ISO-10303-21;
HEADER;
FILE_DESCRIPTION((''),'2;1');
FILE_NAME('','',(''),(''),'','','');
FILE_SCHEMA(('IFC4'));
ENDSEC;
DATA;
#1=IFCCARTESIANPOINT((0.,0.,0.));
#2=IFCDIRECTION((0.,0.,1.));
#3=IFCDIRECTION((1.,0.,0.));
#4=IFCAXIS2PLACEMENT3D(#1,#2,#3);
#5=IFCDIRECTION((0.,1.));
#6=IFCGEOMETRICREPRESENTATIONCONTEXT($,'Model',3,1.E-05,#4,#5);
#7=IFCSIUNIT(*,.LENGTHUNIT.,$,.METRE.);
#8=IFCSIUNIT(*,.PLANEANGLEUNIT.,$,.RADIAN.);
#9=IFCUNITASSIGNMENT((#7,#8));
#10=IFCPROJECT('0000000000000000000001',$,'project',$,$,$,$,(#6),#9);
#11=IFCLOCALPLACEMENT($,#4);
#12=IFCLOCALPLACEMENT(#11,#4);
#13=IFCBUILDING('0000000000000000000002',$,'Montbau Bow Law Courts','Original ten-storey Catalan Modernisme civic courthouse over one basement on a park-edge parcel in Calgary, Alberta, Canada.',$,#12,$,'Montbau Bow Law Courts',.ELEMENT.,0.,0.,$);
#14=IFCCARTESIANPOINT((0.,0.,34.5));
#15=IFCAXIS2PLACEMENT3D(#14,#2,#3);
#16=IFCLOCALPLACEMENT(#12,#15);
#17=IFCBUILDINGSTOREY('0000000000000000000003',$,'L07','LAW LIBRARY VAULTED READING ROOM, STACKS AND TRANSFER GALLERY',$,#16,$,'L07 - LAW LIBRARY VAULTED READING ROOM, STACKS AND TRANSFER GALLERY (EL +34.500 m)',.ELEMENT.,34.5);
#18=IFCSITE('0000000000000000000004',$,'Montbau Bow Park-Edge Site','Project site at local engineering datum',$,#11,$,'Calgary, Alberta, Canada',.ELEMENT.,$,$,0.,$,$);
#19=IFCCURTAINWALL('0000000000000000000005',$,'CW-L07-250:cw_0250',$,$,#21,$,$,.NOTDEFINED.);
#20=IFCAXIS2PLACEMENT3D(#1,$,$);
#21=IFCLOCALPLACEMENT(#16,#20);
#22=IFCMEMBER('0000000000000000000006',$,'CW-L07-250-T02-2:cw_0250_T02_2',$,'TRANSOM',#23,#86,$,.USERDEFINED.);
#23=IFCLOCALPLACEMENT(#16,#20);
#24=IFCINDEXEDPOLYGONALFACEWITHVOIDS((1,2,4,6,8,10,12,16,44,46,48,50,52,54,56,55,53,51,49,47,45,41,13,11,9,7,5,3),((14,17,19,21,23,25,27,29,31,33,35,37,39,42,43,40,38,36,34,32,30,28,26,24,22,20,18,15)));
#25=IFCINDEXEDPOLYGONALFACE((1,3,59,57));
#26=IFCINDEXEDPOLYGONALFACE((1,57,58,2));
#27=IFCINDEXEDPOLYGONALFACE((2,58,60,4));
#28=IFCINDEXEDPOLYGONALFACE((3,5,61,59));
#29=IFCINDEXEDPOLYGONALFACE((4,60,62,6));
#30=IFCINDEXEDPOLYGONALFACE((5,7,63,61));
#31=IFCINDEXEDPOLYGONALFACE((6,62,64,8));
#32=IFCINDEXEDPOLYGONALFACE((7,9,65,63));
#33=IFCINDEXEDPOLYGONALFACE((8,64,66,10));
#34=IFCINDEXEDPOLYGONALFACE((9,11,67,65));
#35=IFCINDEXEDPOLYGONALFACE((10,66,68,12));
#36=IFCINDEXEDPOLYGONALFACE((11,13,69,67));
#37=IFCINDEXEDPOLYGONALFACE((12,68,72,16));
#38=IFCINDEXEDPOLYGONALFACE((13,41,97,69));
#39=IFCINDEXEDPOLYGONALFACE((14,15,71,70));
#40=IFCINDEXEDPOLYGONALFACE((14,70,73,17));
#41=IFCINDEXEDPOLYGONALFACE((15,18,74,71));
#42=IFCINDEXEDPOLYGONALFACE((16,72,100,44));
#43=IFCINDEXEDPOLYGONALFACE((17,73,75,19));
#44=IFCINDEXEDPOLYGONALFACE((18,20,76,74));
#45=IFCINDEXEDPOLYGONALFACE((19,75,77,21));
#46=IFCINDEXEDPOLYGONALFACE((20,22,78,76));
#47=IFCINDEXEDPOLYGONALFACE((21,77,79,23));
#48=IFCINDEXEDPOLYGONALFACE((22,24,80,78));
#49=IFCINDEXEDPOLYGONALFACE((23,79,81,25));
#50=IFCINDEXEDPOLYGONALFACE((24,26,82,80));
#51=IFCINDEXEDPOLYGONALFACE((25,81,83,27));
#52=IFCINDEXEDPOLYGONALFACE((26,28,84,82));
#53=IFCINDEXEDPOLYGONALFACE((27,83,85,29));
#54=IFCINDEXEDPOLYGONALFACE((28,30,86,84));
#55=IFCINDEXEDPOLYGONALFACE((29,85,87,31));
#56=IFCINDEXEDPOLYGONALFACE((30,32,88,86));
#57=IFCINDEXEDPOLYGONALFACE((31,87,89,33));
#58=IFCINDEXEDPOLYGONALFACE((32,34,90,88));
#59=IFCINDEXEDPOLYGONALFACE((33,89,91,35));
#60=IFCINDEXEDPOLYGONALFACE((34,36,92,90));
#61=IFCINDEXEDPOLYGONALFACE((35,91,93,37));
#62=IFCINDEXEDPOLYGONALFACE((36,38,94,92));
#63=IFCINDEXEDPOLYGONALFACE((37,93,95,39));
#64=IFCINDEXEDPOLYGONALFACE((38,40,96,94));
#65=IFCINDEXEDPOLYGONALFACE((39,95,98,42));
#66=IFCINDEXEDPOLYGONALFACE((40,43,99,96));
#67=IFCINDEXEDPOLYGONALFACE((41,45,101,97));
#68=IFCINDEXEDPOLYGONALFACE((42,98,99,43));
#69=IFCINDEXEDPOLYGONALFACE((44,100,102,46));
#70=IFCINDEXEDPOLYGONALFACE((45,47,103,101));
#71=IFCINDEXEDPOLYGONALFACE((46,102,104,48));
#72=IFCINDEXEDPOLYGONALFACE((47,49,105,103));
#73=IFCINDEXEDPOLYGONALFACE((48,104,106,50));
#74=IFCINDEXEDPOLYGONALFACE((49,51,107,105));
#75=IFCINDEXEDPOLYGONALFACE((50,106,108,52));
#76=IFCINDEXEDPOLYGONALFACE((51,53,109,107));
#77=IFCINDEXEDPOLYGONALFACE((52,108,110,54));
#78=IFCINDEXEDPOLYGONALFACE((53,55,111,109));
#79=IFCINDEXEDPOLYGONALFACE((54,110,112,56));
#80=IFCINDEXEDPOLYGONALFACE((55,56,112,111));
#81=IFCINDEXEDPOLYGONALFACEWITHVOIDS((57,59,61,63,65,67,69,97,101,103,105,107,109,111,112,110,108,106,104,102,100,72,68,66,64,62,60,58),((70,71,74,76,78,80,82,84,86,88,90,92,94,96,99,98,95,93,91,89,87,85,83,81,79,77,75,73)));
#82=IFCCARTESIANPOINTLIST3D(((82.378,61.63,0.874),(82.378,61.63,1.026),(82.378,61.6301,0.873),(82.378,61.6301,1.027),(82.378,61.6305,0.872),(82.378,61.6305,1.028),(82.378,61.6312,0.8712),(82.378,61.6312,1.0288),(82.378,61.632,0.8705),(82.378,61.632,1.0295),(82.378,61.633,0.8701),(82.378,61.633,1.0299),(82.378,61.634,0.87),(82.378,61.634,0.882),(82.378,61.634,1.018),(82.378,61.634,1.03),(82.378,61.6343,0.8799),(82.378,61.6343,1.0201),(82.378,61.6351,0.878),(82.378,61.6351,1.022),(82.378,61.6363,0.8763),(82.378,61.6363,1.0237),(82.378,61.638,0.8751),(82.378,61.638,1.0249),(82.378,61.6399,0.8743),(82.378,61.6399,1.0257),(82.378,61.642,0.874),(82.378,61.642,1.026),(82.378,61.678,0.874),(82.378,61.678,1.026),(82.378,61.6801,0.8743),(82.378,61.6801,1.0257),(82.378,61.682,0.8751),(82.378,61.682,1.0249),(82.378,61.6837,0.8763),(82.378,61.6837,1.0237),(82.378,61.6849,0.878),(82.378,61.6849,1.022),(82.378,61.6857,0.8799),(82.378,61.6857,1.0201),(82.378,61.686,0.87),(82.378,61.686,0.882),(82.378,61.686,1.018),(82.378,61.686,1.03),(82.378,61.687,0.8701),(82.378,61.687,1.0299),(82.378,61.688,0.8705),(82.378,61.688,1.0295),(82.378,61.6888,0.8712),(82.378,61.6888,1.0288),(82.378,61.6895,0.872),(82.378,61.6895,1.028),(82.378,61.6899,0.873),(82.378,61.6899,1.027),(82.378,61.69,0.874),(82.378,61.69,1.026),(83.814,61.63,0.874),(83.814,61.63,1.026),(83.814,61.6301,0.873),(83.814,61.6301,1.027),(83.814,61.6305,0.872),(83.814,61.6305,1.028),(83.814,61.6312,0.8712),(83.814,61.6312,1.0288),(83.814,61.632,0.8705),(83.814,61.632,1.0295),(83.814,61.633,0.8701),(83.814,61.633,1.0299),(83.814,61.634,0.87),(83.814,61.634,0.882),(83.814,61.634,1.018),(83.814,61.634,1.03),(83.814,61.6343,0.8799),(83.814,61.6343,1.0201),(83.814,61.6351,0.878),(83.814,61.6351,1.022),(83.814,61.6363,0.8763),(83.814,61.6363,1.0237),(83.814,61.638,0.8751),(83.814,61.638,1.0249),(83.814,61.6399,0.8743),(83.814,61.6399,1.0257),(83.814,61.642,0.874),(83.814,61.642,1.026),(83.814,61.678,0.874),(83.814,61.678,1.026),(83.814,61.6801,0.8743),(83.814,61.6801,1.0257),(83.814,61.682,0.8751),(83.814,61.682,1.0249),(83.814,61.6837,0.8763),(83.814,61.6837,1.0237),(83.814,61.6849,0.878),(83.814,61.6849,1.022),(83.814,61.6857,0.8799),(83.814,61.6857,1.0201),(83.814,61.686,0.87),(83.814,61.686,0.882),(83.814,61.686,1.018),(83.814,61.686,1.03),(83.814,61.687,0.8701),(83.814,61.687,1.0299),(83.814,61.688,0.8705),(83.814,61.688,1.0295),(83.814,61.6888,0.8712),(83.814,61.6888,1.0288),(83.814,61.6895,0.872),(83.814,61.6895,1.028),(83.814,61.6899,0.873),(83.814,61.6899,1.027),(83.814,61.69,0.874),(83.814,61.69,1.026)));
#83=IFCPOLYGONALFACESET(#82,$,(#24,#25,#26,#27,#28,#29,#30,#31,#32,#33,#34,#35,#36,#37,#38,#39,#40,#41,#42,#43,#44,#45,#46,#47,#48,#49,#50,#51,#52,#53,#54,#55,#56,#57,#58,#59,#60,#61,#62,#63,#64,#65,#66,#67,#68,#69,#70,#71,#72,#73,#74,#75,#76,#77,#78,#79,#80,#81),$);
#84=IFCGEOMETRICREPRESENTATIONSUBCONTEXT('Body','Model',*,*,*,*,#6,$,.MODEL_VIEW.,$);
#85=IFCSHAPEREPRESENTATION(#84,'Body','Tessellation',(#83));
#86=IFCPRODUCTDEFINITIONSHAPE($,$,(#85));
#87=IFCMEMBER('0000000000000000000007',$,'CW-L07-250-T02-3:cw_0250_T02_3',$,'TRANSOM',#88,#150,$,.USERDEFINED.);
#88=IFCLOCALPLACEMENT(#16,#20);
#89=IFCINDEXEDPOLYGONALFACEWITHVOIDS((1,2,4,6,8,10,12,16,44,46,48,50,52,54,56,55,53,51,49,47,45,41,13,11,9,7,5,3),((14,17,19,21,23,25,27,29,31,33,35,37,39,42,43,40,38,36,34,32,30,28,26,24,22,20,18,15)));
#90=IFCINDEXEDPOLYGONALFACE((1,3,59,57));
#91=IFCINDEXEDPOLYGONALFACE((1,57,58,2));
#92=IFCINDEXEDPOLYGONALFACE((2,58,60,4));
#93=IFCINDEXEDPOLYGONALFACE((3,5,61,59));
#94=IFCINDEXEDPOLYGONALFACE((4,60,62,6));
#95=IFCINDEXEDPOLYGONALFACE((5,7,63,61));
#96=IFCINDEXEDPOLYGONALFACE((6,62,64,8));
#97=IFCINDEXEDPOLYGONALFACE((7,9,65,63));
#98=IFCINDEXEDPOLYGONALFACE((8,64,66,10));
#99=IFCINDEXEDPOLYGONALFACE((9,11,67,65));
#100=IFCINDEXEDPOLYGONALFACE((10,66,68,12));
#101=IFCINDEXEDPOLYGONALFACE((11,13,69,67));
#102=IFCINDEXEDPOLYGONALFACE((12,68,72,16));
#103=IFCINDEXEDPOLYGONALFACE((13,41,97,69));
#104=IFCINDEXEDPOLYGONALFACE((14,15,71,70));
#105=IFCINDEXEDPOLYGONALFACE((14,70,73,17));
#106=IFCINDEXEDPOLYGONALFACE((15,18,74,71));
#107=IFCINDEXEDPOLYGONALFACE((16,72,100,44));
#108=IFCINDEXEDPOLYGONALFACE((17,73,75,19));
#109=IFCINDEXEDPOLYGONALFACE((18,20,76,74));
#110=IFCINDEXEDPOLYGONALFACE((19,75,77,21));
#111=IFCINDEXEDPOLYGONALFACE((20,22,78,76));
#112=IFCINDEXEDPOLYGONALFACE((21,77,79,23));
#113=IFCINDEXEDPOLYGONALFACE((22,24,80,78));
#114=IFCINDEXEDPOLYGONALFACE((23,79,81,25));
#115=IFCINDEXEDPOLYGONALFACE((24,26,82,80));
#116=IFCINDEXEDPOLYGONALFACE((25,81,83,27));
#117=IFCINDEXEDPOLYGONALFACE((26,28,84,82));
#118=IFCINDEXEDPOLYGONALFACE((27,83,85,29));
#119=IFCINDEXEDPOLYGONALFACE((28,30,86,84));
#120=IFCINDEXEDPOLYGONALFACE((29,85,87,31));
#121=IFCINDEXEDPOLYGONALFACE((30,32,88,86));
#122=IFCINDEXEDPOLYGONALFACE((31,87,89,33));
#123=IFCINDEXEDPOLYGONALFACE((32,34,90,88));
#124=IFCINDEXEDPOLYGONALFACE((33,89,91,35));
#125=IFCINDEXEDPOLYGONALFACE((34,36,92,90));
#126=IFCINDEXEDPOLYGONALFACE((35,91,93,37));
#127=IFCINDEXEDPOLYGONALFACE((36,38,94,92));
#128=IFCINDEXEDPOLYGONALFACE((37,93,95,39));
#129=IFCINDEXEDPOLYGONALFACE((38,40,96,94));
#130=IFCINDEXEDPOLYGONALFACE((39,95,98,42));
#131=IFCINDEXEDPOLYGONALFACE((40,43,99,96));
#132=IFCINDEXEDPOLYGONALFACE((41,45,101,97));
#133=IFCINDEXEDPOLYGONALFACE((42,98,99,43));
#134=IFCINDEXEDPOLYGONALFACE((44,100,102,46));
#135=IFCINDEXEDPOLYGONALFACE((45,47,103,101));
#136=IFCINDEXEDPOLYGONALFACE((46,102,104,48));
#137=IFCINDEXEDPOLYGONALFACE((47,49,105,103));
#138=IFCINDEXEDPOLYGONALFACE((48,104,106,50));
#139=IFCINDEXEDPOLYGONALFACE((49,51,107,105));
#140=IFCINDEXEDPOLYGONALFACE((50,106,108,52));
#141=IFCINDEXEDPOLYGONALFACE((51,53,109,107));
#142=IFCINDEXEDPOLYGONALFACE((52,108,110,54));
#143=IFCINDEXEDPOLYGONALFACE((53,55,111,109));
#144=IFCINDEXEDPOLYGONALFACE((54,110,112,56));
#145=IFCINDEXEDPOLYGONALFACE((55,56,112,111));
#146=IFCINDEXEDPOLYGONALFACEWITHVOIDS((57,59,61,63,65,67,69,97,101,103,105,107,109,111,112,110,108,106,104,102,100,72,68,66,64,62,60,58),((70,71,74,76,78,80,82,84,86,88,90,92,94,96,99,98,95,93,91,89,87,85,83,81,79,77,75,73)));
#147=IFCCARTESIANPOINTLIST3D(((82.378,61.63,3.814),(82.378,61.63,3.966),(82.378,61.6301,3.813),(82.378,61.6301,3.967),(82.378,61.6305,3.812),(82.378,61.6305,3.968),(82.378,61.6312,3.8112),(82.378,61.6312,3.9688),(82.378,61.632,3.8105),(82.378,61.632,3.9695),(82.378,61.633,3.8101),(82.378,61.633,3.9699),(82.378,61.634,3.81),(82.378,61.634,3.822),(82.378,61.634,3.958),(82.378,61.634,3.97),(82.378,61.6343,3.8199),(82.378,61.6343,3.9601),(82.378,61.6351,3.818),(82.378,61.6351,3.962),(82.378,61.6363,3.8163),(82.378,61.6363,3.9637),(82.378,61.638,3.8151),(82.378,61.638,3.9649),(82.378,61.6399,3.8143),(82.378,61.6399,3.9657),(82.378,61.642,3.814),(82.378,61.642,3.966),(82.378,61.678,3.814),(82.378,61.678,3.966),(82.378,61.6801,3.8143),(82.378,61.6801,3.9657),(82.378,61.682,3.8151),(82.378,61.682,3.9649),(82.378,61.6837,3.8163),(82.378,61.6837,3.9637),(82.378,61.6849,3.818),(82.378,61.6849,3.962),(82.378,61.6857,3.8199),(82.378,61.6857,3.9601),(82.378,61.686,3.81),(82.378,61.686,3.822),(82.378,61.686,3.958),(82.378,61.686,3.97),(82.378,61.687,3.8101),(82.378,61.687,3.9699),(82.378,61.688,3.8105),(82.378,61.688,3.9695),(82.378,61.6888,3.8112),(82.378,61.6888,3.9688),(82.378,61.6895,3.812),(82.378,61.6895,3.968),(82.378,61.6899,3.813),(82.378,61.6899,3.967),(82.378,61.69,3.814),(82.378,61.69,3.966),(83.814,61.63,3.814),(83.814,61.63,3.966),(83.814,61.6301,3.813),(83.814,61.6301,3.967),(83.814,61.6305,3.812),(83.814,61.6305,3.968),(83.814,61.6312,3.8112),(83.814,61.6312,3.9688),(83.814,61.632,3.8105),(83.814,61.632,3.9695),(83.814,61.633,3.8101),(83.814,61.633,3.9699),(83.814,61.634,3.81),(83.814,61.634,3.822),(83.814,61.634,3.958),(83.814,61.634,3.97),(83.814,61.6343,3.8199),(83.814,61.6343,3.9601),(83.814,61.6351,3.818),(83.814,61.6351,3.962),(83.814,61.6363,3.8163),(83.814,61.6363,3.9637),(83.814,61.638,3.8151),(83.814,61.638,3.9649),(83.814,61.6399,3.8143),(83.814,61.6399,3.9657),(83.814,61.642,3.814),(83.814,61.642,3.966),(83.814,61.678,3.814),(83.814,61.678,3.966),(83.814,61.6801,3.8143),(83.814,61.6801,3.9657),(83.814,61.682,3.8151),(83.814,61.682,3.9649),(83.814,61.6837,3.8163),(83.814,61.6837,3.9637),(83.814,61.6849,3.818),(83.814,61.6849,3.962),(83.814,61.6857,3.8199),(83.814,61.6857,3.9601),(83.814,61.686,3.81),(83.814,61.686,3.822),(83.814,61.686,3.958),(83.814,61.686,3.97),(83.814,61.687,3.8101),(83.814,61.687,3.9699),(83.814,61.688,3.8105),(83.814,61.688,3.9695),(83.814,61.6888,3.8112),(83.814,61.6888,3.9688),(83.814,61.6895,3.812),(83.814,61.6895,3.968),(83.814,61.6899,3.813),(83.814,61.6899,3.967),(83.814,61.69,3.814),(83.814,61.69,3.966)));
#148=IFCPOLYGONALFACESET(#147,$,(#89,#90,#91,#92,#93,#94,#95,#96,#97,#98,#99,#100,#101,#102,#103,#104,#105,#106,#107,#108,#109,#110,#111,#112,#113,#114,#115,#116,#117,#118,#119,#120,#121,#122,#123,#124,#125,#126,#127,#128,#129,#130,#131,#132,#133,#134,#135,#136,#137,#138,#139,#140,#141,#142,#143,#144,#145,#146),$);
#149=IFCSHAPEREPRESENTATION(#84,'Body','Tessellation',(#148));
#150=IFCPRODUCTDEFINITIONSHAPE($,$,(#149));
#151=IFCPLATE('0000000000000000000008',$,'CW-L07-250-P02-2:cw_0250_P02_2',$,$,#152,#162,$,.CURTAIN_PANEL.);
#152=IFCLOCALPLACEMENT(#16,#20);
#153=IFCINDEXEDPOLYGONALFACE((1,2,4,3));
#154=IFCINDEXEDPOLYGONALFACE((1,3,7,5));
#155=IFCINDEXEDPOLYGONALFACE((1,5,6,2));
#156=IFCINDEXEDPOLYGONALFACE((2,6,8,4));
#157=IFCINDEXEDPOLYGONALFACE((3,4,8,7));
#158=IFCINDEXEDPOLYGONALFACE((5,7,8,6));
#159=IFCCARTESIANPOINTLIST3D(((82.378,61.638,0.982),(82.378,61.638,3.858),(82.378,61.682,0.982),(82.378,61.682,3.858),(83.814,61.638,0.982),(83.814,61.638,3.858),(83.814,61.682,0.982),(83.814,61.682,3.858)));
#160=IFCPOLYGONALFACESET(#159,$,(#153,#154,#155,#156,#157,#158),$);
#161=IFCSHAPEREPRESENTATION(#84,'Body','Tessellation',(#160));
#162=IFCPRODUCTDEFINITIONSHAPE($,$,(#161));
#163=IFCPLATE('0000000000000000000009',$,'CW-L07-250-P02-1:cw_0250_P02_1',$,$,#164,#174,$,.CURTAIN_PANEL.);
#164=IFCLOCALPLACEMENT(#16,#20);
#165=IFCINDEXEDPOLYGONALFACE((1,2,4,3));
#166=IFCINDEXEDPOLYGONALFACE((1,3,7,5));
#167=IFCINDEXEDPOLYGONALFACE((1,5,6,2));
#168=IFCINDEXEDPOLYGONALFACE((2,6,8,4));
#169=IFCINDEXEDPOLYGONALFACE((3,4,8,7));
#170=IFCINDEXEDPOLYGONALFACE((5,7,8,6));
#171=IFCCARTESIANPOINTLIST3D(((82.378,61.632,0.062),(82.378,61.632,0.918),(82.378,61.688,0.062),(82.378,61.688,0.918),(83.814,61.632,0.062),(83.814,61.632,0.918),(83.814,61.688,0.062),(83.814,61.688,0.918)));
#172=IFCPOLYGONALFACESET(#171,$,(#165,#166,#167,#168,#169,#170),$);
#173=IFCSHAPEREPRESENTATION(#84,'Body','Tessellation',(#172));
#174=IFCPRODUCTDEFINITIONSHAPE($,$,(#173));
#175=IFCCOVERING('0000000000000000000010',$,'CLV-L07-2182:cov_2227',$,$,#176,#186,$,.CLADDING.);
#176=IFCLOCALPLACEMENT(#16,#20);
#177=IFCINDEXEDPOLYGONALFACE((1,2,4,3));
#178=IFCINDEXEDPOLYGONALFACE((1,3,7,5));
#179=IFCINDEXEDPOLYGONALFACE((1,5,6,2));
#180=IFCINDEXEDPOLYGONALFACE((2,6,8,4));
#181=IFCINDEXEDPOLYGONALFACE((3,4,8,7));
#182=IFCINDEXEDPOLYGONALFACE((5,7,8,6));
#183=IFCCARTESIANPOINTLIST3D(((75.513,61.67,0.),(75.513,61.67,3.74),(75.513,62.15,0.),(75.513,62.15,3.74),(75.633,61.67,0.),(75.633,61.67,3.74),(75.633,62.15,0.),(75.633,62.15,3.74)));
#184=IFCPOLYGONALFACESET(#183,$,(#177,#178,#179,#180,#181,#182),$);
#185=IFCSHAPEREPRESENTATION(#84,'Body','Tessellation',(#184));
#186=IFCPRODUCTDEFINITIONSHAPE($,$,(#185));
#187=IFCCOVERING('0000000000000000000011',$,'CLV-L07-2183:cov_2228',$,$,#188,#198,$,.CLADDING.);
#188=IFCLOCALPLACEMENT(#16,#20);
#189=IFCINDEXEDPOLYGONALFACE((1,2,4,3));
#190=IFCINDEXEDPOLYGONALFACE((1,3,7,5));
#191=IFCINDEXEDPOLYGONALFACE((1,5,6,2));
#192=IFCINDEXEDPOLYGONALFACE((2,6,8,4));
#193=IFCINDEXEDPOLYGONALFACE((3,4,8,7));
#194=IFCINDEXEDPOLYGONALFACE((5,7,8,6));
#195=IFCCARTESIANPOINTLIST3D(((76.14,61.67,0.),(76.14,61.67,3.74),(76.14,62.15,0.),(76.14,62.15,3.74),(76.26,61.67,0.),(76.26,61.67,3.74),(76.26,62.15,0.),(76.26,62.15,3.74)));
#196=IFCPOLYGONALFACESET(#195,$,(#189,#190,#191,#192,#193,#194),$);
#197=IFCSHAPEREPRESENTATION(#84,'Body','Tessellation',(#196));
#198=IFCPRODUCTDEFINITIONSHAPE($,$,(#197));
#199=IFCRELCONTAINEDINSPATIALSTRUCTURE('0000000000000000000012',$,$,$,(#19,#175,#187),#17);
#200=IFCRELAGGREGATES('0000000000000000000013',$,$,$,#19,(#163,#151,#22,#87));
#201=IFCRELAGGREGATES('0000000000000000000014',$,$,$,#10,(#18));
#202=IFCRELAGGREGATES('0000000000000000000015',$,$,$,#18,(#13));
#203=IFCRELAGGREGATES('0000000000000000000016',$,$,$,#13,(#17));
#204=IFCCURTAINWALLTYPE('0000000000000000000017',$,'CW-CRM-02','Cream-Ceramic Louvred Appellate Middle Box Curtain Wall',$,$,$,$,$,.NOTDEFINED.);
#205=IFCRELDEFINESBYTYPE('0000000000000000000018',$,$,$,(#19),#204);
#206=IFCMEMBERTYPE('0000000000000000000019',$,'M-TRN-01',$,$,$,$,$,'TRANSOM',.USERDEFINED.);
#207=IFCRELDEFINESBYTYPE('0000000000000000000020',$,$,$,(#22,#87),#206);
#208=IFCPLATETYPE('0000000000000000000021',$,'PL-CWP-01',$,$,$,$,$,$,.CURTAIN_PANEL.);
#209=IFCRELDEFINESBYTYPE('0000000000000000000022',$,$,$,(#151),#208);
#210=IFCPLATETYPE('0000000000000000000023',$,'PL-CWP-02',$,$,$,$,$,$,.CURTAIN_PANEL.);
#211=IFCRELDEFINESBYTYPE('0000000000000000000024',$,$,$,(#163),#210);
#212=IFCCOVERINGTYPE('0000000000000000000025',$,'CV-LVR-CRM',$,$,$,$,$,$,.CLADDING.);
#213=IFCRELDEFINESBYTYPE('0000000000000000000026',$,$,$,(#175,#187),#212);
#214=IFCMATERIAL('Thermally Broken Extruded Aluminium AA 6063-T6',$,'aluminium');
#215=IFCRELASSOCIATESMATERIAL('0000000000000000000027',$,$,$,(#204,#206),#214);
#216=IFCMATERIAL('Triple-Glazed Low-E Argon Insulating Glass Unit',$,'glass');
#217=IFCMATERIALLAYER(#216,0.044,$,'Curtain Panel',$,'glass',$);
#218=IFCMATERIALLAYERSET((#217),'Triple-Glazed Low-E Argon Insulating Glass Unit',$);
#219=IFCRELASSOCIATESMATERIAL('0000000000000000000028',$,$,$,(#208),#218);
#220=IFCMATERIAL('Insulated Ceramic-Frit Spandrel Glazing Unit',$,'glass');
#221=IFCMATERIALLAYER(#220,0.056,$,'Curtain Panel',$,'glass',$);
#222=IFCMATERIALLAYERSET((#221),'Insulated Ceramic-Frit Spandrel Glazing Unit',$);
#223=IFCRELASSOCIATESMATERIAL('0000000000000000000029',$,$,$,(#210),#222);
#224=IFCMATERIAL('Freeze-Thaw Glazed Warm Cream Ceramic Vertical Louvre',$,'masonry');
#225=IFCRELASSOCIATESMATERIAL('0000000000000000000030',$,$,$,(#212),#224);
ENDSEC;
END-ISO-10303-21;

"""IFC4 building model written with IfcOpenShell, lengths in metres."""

from ifc_helpers import new_model, si_unit, direction, frame, frame_2d, origin_with_axes, origin_2d_with_axis, place, context, subcontext, project, spatial, rectangle, hollow_rectangle, extrude, material, layer, layer_set, material_profile, profile_set, type_object, element, aggregate, save


model = new_model("IFC4")

# Units and contexts
model_context = context("Model", 3, precision=1e-05, world=origin_with_axes(), true_north=direction((0.0, 1.0)))
body_context = subcontext(model_context, "Body", "Model", "MODEL_VIEW")
ifc_project = project(units=[si_unit("LENGTHUNIT", "METRE"), si_unit("PLANEANGLEUNIT", "RADIAN")], contexts=[model_context])

# Site, building, storey
site_placement = place(None, origin_with_axes())
site = spatial("IfcSite", under=ifc_project, at=site_placement, Name="Montbau Bow Park-Edge Site", Description="Project site at local engineering datum", LongName="Calgary, Alberta, Canada", CompositionType="ELEMENT", RefElevation=0.0)
building_placement = place(site_placement, origin_with_axes())
building = spatial("IfcBuilding", under=site, at=building_placement, Name="Montbau Bow Law Courts", Description="Original ten-storey Catalan Modernisme civic courthouse over one basement on a park-edge parcel in Calgary, Alberta, Canada.", LongName="Montbau Bow Law Courts", CompositionType="ELEMENT", ElevationOfRefHeight=0.0, ElevationOfTerrain=0.0)
storey_placement = place(building_placement, frame((0.0, 0.0, 34.5), z_axis=(0.0, 0.0, 1.0), x_axis=(1.0, 0.0, 0.0)))
storey = spatial("IfcBuildingStorey", under=building, at=storey_placement, Name="L07", Description="LAW LIBRARY VAULTED READING ROOM, STACKS AND TRANSFER GALLERY", LongName="L07 - LAW LIBRARY VAULTED READING ROOM, STACKS AND TRANSFER GALLERY (EL +34.500 m)", CompositionType="ELEMENT", Elevation=34.5)

# Curtain wall, members, plates
ifc_material_1 = material(Name="Thermally Broken Extruded Aluminium AA 6063-T6", Category="aluminium")
curtain_wall_type = type_object("IfcCurtainWallType", Name="CW-CRM-02", Description="Cream-Ceramic Louvred Appellate Middle Box Curtain Wall", PredefinedType="NOTDEFINED", material=ifc_material_1)
curtain_wall_placement = place(None, frame((80.84, 61.66, 34.5), z_axis=(0.0, 0.0, 1.0), x_axis=(1.0, 0.0, 0.0)))
curtain_wall = element("IfcCurtainWall", 1, at=curtain_wall_placement, inside=storey, type_object=curtain_wall_type, Name="CW-L07-250:cw_0250", PredefinedType="NOTDEFINED")
ifc_material_profile_1 = material_profile(ifc_material_1, hollow_rectangle(XDim=0.06, YDim=0.16, WallThickness=0.004, InnerFilletRadius=0.008, OuterFilletRadius=0.004, at=origin_2d_with_axis()), Name="CWT-160X60", Category="Main", Priority=0)
ifc_profile_set_1 = profile_set([ifc_material_profile_1], Name="Thermally Broken Extruded Aluminium AA 6063-T6")
member_type = type_object("IfcMemberType", Name="M-TRN-01", ElementType="TRANSOM", PredefinedType="USERDEFINED", material=ifc_profile_set_1)
member_1_placement = place(None, frame((82.378, 61.66, 35.45), z_axis=(1.0, 0.0, 0.0), x_axis=(0.0, 1.0, 0.0)))
member_1 = element("IfcMember", 2, at=member_1_placement, type_object=member_type, Name="CW-L07-250-T02-2:cw_0250_T02_2", ObjectType="TRANSOM", PredefinedType="USERDEFINED", context=body_context, shape_type="SweptSolid", body=[
    extrude(hollow_rectangle(XDim=0.06, YDim=0.16, WallThickness=0.004, InnerFilletRadius=0.008, OuterFilletRadius=0.004, at=origin_2d_with_axis()), origin_with_axes(), (0.0, 0.0, 1.0), 1.436),
])
member_2_placement = place(None, frame((82.378, 61.66, 38.39), z_axis=(1.0, 0.0, 0.0), x_axis=(0.0, 1.0, 0.0)))
member_2 = element("IfcMember", 3, at=member_2_placement, type_object=member_type, Name="CW-L07-250-T02-3:cw_0250_T02_3", ObjectType="TRANSOM", PredefinedType="USERDEFINED", context=body_context, shape_type="SweptSolid", body=[
    extrude(hollow_rectangle(XDim=0.06, YDim=0.16, WallThickness=0.004, InnerFilletRadius=0.008, OuterFilletRadius=0.004, at=origin_2d_with_axis()), origin_with_axes(), (0.0, 0.0, 1.0), 1.436),
])
ifc_material_2 = material(Name="Triple-Glazed Low-E Argon Insulating Glass Unit", Category="glass")
ifc_layer_1 = layer(ifc_material_2, 0.044, Name="Curtain Panel", Category="glass")
ifc_layer_set_1 = layer_set([ifc_layer_1], Name="Triple-Glazed Low-E Argon Insulating Glass Unit")
plate_type_1 = type_object("IfcPlateType", Name="PL-CWP-01", PredefinedType="CURTAIN_PANEL", material=ifc_layer_set_1)
plate_1_placement = place(None, frame((82.378, 61.66, 35.482), z_axis=(0.0, -1.0, 0.0), x_axis=(1.0, 0.0, 0.0)))
plate_1 = element("IfcPlate", 4, at=plate_1_placement, type_object=plate_type_1, Name="CW-L07-250-P02-2:cw_0250_P02_2", PredefinedType="CURTAIN_PANEL", context=body_context, shape_type="SweptSolid", body=[
    extrude(rectangle(XDim=1.436, YDim=2.876, at=frame_2d((0.718, 1.438), x_axis=(1.0, 0.0))), frame((0.0, 0.0, -0.022), z_axis=(0.0, 0.0, 1.0), x_axis=(1.0, 0.0, 0.0)), (0.0, 0.0, 1.0), 0.044),
])
ifc_material_3 = material(Name="Insulated Ceramic-Frit Spandrel Glazing Unit", Category="glass")
ifc_layer_2 = layer(ifc_material_3, 0.056, Name="Curtain Panel", Category="glass")
ifc_layer_set_2 = layer_set([ifc_layer_2], Name="Insulated Ceramic-Frit Spandrel Glazing Unit")
plate_type_2 = type_object("IfcPlateType", Name="PL-CWP-02", PredefinedType="CURTAIN_PANEL", material=ifc_layer_set_2)
plate_2_placement = place(None, frame((82.378, 61.66, 34.562), z_axis=(0.0, -1.0, 0.0), x_axis=(1.0, 0.0, 0.0)))
plate_2 = element("IfcPlate", 5, at=plate_2_placement, type_object=plate_type_2, Name="CW-L07-250-P02-1:cw_0250_P02_1", PredefinedType="CURTAIN_PANEL", context=body_context, shape_type="SweptSolid", body=[
    extrude(rectangle(XDim=1.436, YDim=0.856, at=frame_2d((0.718, 0.428), x_axis=(1.0, 0.0))), frame((0.0, 0.0, -0.028), z_axis=(0.0, 0.0, 1.0), x_axis=(1.0, 0.0, 0.0)), (0.0, 0.0, 1.0), 0.056),
])
aggregate(curtain_wall, [plate_2, plate_1, member_1, member_2])

# Coverings
ifc_material_4 = material(Name="Freeze-Thaw Glazed Warm Cream Ceramic Vertical Louvre", Category="masonry")
covering_type = type_object("IfcCoveringType", Name="CV-LVR-CRM", PredefinedType="CLADDING", material=ifc_material_4)
for number, where, z_axis, x_axis, name in (
    (6, (75.573, 61.67, 34.5), (1.0, 0.0, 0.0), (0.0, 1.0, 0.0), "CLV-L07-2182:cov_2227"),
    (7, (76.2, 61.67, 34.5), (1.0, 0.0, 0.0), (0.0, 1.0, 0.0), "CLV-L07-2183:cov_2228"),
):
    element("IfcCovering", number, at=place(None, frame(where, z_axis=z_axis, x_axis=x_axis)), inside=storey, type_object=covering_type, Name=name, PredefinedType="CLADDING", context=body_context, shape_type="SweptSolid", body=[
        extrude(rectangle(XDim=0.48, YDim=3.74, at=frame_2d((0.24, 1.87), x_axis=(1.0, 0.0))), frame((0.0, 0.0, -0.06), z_axis=(0.0, 0.0, 1.0), x_axis=(1.0, 0.0, 0.0)), (0.0, 0.0, 1.0), 0.12),
    ])

save(model, "model.ifc")
